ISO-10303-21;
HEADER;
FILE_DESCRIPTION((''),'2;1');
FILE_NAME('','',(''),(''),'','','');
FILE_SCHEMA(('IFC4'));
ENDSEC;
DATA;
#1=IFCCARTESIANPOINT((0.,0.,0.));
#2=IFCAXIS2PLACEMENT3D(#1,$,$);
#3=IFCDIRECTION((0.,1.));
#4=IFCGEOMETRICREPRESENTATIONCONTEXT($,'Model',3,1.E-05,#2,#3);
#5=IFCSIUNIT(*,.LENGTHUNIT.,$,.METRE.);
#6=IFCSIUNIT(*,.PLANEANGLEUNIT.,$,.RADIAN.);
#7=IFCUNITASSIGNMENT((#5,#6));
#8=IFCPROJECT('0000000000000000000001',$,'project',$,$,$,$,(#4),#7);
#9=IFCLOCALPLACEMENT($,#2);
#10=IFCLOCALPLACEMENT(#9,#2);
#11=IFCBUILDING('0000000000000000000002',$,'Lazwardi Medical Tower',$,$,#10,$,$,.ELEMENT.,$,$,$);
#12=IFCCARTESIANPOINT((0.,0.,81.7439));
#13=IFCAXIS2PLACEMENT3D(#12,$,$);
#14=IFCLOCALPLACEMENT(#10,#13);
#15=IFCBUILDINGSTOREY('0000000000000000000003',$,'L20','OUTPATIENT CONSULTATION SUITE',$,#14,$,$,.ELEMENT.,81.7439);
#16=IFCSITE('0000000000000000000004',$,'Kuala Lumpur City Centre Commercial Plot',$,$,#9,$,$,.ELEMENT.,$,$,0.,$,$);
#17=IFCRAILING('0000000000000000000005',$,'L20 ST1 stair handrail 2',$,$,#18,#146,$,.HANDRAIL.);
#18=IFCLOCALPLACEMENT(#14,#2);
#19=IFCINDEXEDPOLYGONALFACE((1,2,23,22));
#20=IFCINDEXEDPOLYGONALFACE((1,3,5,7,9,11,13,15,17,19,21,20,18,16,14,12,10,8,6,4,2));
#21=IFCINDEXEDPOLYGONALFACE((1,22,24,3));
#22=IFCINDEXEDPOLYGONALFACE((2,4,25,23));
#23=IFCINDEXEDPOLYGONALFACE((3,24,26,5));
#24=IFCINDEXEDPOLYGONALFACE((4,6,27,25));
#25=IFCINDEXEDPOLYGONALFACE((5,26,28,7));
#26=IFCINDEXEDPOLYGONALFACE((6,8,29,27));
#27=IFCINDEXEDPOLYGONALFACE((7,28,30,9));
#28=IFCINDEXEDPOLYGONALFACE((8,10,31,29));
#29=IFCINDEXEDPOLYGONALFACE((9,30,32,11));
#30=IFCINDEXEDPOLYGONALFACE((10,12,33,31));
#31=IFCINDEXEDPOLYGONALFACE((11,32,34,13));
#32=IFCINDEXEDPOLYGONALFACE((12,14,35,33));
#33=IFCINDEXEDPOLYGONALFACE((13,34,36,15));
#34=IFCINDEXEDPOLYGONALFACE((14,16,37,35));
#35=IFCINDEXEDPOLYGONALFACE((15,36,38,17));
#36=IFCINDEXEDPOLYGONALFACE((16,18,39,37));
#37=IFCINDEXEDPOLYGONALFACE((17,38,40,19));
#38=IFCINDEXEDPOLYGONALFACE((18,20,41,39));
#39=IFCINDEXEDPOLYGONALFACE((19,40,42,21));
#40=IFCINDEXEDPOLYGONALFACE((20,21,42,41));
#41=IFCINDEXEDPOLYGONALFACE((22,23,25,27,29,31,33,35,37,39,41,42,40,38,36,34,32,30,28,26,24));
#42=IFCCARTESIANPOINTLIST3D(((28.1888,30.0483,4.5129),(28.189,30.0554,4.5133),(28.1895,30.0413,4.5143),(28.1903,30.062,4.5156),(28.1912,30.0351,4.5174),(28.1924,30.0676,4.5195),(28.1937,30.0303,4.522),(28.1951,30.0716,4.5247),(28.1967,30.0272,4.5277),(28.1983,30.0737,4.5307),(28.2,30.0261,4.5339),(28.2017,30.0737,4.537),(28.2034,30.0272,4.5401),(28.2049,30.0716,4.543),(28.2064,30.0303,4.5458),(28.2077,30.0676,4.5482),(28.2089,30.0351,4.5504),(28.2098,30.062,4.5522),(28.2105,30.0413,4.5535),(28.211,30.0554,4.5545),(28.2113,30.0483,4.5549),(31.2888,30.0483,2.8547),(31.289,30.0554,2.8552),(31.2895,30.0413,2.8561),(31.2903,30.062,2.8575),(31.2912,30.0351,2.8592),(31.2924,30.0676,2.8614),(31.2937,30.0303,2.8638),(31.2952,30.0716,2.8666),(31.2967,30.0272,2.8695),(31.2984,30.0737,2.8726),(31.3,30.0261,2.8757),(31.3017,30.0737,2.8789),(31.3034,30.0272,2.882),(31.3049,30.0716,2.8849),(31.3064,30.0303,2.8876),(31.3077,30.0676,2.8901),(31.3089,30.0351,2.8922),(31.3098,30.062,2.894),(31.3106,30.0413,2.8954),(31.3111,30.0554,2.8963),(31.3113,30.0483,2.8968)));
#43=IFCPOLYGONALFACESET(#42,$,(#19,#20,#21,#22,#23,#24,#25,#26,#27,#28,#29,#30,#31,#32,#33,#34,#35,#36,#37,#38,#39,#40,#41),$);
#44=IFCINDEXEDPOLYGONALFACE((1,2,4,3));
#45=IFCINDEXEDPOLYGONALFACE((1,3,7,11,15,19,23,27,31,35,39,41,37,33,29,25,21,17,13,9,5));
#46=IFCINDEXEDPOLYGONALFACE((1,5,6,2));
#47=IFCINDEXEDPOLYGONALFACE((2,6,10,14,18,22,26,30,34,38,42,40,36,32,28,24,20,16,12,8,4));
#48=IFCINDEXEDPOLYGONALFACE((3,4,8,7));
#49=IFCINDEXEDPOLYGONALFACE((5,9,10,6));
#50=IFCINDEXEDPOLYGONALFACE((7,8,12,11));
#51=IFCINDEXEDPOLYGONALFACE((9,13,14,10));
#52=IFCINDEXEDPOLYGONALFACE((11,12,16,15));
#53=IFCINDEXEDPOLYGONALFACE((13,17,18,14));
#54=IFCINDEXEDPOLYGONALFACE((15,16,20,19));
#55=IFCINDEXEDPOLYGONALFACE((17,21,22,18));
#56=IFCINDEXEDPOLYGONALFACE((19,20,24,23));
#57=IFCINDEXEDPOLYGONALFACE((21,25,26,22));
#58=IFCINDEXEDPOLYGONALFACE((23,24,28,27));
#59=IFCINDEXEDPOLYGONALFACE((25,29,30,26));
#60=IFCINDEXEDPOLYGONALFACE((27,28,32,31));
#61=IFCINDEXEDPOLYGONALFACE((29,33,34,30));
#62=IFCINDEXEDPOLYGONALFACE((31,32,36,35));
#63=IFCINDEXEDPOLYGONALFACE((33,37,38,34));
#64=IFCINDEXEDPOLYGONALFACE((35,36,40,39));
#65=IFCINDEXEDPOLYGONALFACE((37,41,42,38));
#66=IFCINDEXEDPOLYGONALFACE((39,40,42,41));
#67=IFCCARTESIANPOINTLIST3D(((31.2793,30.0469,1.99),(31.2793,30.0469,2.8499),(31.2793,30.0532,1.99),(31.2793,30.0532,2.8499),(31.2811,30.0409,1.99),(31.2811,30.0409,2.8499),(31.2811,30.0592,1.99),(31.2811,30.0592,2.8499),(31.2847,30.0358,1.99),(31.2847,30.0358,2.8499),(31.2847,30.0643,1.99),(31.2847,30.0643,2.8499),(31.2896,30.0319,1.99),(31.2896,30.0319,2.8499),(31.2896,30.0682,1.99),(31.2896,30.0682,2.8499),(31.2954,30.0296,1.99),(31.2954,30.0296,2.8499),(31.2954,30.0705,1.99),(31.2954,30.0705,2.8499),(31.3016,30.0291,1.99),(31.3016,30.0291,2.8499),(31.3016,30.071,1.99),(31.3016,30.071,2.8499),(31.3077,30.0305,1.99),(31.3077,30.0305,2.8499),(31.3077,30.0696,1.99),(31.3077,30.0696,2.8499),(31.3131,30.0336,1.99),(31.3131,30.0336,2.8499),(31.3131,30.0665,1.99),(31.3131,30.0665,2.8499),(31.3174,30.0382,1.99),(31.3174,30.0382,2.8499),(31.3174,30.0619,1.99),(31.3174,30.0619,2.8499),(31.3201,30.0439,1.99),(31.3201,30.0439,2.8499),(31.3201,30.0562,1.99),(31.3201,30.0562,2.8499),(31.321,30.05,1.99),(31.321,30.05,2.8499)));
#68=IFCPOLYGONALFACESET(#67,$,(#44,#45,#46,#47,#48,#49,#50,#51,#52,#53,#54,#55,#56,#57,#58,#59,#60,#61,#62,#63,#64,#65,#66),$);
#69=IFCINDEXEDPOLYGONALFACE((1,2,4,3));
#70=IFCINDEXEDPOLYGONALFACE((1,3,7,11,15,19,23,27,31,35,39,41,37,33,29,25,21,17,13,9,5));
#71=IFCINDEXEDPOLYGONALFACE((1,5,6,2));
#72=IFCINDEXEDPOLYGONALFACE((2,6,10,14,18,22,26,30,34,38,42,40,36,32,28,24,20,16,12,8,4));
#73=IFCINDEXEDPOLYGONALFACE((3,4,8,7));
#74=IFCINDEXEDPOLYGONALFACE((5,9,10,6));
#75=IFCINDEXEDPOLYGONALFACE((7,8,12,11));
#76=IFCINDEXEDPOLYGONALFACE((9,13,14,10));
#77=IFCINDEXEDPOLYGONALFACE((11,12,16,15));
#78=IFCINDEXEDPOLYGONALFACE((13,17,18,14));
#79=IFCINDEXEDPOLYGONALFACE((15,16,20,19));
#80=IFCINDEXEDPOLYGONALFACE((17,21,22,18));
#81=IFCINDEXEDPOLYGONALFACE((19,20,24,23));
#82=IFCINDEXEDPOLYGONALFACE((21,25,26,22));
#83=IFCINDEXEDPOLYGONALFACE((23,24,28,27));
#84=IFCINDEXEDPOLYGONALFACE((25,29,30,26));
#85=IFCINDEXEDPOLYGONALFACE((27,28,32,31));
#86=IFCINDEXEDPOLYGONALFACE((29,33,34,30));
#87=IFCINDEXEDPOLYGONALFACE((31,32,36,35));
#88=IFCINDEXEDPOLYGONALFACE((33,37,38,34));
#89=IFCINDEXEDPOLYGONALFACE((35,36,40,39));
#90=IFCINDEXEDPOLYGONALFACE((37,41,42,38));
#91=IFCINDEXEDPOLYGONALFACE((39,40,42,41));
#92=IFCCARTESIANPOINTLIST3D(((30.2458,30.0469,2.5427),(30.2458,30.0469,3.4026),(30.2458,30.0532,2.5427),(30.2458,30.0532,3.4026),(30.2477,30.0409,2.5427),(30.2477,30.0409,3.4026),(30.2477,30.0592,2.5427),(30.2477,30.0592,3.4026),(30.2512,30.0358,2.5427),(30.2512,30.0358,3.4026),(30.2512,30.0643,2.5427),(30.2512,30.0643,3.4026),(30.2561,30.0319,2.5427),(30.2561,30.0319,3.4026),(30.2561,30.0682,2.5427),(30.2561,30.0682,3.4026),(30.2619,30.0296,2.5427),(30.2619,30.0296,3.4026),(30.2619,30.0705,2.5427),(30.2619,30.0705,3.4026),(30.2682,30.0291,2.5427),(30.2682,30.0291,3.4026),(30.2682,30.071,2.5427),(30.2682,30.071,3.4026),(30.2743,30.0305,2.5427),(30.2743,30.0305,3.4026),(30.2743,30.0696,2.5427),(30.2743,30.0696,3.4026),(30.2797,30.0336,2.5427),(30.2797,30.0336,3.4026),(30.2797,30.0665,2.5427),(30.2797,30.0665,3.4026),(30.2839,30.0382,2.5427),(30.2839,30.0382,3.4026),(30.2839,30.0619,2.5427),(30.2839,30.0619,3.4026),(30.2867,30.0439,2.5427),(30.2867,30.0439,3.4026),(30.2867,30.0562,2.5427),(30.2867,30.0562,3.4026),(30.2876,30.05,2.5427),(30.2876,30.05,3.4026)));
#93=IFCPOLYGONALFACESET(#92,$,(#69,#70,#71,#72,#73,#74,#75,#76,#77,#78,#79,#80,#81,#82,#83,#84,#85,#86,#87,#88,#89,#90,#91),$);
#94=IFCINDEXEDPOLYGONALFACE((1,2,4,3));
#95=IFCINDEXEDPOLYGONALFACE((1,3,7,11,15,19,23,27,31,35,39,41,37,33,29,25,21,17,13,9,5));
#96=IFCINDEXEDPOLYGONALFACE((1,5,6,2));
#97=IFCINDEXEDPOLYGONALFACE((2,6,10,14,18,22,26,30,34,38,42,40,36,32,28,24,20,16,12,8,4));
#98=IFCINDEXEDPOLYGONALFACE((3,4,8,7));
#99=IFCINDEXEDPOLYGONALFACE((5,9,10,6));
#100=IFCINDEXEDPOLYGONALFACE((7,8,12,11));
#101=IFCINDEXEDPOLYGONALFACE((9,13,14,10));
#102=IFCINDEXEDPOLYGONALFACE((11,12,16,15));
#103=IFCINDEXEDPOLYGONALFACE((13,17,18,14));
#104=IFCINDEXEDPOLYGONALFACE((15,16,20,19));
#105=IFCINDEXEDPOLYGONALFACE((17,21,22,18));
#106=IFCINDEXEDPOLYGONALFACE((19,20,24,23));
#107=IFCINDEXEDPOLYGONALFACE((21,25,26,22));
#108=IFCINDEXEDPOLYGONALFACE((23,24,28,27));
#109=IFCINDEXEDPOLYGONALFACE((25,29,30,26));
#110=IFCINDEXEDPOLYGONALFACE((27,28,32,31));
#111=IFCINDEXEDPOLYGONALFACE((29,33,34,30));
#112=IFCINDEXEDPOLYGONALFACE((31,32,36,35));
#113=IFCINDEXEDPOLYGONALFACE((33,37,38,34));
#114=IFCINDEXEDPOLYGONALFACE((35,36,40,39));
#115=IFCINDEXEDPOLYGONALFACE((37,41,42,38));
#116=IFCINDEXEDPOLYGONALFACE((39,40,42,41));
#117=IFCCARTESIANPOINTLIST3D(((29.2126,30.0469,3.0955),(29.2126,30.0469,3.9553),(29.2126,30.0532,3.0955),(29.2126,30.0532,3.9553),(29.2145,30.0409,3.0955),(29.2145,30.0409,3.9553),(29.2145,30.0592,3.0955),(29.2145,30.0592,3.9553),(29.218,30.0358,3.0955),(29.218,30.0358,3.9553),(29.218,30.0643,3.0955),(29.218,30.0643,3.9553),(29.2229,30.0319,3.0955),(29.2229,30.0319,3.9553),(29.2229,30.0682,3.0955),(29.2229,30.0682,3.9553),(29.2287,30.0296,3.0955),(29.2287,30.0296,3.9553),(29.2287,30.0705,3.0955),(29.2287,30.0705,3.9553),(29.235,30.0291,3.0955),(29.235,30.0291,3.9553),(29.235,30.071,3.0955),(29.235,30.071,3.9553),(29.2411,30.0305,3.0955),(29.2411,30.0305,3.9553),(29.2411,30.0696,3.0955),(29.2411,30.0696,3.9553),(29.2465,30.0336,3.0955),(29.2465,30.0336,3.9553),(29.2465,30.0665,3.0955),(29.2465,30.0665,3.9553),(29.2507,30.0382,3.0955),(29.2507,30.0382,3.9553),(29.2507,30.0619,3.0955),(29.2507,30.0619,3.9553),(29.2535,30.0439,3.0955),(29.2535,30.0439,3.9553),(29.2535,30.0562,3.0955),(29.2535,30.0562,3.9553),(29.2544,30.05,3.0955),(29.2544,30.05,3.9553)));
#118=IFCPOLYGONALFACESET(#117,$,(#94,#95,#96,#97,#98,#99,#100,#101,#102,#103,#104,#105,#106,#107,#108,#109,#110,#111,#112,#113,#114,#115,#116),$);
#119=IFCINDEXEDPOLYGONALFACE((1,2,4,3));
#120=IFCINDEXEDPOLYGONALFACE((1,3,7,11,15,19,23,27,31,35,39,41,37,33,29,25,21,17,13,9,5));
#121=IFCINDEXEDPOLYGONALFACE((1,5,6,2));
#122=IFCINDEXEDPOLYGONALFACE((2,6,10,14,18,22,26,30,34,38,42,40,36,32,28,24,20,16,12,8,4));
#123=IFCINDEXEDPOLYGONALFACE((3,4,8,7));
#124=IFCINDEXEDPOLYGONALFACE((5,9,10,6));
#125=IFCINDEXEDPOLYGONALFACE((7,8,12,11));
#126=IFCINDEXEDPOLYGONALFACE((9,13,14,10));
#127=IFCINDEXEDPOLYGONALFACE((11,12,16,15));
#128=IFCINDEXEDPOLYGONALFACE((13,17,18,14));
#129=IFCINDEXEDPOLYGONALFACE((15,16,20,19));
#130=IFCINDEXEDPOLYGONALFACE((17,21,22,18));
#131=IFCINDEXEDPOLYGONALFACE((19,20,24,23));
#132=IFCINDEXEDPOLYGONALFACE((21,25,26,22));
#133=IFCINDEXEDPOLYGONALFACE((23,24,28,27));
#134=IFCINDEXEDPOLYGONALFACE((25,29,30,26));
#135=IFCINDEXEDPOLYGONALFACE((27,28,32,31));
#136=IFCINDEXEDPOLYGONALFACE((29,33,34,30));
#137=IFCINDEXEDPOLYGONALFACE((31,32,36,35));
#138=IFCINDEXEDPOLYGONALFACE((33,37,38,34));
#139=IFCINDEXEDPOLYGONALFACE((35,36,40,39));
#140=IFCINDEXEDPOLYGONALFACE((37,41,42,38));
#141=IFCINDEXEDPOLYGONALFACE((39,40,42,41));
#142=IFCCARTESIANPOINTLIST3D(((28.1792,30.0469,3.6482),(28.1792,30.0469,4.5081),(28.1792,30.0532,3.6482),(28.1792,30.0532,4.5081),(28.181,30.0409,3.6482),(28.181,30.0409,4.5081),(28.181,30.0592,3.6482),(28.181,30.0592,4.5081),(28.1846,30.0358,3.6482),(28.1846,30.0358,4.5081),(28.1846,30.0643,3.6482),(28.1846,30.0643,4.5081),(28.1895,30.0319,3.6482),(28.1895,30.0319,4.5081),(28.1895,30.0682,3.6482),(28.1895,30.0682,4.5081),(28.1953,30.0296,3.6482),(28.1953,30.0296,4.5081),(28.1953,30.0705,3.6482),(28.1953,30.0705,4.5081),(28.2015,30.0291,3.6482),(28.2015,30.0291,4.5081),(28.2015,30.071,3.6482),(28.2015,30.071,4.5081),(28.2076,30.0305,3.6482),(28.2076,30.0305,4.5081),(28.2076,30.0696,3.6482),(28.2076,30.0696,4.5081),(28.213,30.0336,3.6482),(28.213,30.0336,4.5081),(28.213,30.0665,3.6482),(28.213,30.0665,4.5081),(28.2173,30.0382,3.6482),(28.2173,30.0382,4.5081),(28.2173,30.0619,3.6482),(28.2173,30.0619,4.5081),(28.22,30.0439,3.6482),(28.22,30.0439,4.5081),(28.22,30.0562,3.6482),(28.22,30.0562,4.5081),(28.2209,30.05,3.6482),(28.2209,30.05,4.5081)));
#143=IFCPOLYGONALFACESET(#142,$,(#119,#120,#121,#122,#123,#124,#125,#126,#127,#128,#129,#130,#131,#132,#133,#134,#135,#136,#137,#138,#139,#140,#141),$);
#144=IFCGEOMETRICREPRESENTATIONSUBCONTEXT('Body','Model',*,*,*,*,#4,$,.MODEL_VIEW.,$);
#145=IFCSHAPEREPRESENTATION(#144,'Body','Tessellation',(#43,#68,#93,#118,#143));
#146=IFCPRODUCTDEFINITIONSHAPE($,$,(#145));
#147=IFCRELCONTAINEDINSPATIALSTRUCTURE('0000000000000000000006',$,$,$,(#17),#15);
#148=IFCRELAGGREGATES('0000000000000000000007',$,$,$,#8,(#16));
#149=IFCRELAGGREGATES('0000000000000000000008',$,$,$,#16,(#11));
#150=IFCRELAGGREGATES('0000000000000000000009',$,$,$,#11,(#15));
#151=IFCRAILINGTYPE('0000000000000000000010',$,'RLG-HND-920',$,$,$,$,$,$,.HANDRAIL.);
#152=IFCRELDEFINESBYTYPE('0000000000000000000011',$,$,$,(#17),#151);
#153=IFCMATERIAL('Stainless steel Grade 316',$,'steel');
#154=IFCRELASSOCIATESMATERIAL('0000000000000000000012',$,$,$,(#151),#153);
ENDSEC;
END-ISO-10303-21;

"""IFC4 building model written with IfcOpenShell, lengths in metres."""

from ifc_helpers import new_model, si_unit, direction, frame, origin, origin_2d, place, context, subcontext, project, spatial, circle, extrude, material, type_object, element, save


model = new_model("IFC4")

# Units and contexts
model_context = context("Model", 3, precision=1e-05, world=origin(), true_north=direction((0.0, 1.0)))
body_context = subcontext(model_context, "Body", "Model", "MODEL_VIEW")
ifc_project = project(units=[si_unit("LENGTHUNIT", "METRE"), si_unit("PLANEANGLEUNIT", "RADIAN")], contexts=[model_context])

# Site, building, storey
site_placement = place(None, origin())
site = spatial("IfcSite", under=ifc_project, at=site_placement, Name="Kuala Lumpur City Centre Commercial Plot", CompositionType="ELEMENT", RefElevation=0.0)
building_placement = place(site_placement, origin())
building = spatial("IfcBuilding", under=site, at=building_placement, Name="Lazwardi Medical Tower", CompositionType="ELEMENT")
storey_placement = place(building_placement, frame((0.0, 0.0, 81.7439)))
storey = spatial("IfcBuildingStorey", under=building, at=storey_placement, Name="L20", Description="OUTPATIENT CONSULTATION SUITE", CompositionType="ELEMENT", Elevation=81.7439)

# Railing
ifc_material_1 = material(Name="Stainless steel Grade 316", Category="steel")
railing_type = type_object("IfcRailingType", Name="RLG-HND-920", PredefinedType="HANDRAIL", material=ifc_material_1)
railing_placement = place(storey_placement, frame((31.3, 30.05, 1.99)))
element("IfcRailing", 1, at=railing_placement, inside=storey, type_object=railing_type, Name="L20 ST1 stair handrail 2", PredefinedType="HANDRAIL", context=body_context, shape_type="SweptSolid", body=[
    extrude(circle(Radius=0.0239, at=origin_2d()), frame((0.0, 0.0, 0.8857), z_axis=(-0.881783, 0.0, 0.471655), x_axis=(0.0, -1.0, 0.0)), (0.0, 0.0, 1.0), 3.5156),
    extrude(circle(Radius=0.021, at=origin_2d()), origin(), (0.0, 0.0, 1.0), 0.8599),
    extrude(circle(Radius=0.021, at=origin_2d()), frame((-1.0334, 0.0, 0.5527)), (0.0, 0.0, 1.0), 0.8599),
    extrude(circle(Radius=0.021, at=origin_2d()), frame((-2.0667, 0.0, 1.1055)), (0.0, 0.0, 1.0), 0.8599),
    extrude(circle(Radius=0.021, at=origin_2d()), frame((-3.1001, 0.0, 1.6582)), (0.0, 0.0, 1.0), 0.8599),
])

save(model, "model.ifc")
